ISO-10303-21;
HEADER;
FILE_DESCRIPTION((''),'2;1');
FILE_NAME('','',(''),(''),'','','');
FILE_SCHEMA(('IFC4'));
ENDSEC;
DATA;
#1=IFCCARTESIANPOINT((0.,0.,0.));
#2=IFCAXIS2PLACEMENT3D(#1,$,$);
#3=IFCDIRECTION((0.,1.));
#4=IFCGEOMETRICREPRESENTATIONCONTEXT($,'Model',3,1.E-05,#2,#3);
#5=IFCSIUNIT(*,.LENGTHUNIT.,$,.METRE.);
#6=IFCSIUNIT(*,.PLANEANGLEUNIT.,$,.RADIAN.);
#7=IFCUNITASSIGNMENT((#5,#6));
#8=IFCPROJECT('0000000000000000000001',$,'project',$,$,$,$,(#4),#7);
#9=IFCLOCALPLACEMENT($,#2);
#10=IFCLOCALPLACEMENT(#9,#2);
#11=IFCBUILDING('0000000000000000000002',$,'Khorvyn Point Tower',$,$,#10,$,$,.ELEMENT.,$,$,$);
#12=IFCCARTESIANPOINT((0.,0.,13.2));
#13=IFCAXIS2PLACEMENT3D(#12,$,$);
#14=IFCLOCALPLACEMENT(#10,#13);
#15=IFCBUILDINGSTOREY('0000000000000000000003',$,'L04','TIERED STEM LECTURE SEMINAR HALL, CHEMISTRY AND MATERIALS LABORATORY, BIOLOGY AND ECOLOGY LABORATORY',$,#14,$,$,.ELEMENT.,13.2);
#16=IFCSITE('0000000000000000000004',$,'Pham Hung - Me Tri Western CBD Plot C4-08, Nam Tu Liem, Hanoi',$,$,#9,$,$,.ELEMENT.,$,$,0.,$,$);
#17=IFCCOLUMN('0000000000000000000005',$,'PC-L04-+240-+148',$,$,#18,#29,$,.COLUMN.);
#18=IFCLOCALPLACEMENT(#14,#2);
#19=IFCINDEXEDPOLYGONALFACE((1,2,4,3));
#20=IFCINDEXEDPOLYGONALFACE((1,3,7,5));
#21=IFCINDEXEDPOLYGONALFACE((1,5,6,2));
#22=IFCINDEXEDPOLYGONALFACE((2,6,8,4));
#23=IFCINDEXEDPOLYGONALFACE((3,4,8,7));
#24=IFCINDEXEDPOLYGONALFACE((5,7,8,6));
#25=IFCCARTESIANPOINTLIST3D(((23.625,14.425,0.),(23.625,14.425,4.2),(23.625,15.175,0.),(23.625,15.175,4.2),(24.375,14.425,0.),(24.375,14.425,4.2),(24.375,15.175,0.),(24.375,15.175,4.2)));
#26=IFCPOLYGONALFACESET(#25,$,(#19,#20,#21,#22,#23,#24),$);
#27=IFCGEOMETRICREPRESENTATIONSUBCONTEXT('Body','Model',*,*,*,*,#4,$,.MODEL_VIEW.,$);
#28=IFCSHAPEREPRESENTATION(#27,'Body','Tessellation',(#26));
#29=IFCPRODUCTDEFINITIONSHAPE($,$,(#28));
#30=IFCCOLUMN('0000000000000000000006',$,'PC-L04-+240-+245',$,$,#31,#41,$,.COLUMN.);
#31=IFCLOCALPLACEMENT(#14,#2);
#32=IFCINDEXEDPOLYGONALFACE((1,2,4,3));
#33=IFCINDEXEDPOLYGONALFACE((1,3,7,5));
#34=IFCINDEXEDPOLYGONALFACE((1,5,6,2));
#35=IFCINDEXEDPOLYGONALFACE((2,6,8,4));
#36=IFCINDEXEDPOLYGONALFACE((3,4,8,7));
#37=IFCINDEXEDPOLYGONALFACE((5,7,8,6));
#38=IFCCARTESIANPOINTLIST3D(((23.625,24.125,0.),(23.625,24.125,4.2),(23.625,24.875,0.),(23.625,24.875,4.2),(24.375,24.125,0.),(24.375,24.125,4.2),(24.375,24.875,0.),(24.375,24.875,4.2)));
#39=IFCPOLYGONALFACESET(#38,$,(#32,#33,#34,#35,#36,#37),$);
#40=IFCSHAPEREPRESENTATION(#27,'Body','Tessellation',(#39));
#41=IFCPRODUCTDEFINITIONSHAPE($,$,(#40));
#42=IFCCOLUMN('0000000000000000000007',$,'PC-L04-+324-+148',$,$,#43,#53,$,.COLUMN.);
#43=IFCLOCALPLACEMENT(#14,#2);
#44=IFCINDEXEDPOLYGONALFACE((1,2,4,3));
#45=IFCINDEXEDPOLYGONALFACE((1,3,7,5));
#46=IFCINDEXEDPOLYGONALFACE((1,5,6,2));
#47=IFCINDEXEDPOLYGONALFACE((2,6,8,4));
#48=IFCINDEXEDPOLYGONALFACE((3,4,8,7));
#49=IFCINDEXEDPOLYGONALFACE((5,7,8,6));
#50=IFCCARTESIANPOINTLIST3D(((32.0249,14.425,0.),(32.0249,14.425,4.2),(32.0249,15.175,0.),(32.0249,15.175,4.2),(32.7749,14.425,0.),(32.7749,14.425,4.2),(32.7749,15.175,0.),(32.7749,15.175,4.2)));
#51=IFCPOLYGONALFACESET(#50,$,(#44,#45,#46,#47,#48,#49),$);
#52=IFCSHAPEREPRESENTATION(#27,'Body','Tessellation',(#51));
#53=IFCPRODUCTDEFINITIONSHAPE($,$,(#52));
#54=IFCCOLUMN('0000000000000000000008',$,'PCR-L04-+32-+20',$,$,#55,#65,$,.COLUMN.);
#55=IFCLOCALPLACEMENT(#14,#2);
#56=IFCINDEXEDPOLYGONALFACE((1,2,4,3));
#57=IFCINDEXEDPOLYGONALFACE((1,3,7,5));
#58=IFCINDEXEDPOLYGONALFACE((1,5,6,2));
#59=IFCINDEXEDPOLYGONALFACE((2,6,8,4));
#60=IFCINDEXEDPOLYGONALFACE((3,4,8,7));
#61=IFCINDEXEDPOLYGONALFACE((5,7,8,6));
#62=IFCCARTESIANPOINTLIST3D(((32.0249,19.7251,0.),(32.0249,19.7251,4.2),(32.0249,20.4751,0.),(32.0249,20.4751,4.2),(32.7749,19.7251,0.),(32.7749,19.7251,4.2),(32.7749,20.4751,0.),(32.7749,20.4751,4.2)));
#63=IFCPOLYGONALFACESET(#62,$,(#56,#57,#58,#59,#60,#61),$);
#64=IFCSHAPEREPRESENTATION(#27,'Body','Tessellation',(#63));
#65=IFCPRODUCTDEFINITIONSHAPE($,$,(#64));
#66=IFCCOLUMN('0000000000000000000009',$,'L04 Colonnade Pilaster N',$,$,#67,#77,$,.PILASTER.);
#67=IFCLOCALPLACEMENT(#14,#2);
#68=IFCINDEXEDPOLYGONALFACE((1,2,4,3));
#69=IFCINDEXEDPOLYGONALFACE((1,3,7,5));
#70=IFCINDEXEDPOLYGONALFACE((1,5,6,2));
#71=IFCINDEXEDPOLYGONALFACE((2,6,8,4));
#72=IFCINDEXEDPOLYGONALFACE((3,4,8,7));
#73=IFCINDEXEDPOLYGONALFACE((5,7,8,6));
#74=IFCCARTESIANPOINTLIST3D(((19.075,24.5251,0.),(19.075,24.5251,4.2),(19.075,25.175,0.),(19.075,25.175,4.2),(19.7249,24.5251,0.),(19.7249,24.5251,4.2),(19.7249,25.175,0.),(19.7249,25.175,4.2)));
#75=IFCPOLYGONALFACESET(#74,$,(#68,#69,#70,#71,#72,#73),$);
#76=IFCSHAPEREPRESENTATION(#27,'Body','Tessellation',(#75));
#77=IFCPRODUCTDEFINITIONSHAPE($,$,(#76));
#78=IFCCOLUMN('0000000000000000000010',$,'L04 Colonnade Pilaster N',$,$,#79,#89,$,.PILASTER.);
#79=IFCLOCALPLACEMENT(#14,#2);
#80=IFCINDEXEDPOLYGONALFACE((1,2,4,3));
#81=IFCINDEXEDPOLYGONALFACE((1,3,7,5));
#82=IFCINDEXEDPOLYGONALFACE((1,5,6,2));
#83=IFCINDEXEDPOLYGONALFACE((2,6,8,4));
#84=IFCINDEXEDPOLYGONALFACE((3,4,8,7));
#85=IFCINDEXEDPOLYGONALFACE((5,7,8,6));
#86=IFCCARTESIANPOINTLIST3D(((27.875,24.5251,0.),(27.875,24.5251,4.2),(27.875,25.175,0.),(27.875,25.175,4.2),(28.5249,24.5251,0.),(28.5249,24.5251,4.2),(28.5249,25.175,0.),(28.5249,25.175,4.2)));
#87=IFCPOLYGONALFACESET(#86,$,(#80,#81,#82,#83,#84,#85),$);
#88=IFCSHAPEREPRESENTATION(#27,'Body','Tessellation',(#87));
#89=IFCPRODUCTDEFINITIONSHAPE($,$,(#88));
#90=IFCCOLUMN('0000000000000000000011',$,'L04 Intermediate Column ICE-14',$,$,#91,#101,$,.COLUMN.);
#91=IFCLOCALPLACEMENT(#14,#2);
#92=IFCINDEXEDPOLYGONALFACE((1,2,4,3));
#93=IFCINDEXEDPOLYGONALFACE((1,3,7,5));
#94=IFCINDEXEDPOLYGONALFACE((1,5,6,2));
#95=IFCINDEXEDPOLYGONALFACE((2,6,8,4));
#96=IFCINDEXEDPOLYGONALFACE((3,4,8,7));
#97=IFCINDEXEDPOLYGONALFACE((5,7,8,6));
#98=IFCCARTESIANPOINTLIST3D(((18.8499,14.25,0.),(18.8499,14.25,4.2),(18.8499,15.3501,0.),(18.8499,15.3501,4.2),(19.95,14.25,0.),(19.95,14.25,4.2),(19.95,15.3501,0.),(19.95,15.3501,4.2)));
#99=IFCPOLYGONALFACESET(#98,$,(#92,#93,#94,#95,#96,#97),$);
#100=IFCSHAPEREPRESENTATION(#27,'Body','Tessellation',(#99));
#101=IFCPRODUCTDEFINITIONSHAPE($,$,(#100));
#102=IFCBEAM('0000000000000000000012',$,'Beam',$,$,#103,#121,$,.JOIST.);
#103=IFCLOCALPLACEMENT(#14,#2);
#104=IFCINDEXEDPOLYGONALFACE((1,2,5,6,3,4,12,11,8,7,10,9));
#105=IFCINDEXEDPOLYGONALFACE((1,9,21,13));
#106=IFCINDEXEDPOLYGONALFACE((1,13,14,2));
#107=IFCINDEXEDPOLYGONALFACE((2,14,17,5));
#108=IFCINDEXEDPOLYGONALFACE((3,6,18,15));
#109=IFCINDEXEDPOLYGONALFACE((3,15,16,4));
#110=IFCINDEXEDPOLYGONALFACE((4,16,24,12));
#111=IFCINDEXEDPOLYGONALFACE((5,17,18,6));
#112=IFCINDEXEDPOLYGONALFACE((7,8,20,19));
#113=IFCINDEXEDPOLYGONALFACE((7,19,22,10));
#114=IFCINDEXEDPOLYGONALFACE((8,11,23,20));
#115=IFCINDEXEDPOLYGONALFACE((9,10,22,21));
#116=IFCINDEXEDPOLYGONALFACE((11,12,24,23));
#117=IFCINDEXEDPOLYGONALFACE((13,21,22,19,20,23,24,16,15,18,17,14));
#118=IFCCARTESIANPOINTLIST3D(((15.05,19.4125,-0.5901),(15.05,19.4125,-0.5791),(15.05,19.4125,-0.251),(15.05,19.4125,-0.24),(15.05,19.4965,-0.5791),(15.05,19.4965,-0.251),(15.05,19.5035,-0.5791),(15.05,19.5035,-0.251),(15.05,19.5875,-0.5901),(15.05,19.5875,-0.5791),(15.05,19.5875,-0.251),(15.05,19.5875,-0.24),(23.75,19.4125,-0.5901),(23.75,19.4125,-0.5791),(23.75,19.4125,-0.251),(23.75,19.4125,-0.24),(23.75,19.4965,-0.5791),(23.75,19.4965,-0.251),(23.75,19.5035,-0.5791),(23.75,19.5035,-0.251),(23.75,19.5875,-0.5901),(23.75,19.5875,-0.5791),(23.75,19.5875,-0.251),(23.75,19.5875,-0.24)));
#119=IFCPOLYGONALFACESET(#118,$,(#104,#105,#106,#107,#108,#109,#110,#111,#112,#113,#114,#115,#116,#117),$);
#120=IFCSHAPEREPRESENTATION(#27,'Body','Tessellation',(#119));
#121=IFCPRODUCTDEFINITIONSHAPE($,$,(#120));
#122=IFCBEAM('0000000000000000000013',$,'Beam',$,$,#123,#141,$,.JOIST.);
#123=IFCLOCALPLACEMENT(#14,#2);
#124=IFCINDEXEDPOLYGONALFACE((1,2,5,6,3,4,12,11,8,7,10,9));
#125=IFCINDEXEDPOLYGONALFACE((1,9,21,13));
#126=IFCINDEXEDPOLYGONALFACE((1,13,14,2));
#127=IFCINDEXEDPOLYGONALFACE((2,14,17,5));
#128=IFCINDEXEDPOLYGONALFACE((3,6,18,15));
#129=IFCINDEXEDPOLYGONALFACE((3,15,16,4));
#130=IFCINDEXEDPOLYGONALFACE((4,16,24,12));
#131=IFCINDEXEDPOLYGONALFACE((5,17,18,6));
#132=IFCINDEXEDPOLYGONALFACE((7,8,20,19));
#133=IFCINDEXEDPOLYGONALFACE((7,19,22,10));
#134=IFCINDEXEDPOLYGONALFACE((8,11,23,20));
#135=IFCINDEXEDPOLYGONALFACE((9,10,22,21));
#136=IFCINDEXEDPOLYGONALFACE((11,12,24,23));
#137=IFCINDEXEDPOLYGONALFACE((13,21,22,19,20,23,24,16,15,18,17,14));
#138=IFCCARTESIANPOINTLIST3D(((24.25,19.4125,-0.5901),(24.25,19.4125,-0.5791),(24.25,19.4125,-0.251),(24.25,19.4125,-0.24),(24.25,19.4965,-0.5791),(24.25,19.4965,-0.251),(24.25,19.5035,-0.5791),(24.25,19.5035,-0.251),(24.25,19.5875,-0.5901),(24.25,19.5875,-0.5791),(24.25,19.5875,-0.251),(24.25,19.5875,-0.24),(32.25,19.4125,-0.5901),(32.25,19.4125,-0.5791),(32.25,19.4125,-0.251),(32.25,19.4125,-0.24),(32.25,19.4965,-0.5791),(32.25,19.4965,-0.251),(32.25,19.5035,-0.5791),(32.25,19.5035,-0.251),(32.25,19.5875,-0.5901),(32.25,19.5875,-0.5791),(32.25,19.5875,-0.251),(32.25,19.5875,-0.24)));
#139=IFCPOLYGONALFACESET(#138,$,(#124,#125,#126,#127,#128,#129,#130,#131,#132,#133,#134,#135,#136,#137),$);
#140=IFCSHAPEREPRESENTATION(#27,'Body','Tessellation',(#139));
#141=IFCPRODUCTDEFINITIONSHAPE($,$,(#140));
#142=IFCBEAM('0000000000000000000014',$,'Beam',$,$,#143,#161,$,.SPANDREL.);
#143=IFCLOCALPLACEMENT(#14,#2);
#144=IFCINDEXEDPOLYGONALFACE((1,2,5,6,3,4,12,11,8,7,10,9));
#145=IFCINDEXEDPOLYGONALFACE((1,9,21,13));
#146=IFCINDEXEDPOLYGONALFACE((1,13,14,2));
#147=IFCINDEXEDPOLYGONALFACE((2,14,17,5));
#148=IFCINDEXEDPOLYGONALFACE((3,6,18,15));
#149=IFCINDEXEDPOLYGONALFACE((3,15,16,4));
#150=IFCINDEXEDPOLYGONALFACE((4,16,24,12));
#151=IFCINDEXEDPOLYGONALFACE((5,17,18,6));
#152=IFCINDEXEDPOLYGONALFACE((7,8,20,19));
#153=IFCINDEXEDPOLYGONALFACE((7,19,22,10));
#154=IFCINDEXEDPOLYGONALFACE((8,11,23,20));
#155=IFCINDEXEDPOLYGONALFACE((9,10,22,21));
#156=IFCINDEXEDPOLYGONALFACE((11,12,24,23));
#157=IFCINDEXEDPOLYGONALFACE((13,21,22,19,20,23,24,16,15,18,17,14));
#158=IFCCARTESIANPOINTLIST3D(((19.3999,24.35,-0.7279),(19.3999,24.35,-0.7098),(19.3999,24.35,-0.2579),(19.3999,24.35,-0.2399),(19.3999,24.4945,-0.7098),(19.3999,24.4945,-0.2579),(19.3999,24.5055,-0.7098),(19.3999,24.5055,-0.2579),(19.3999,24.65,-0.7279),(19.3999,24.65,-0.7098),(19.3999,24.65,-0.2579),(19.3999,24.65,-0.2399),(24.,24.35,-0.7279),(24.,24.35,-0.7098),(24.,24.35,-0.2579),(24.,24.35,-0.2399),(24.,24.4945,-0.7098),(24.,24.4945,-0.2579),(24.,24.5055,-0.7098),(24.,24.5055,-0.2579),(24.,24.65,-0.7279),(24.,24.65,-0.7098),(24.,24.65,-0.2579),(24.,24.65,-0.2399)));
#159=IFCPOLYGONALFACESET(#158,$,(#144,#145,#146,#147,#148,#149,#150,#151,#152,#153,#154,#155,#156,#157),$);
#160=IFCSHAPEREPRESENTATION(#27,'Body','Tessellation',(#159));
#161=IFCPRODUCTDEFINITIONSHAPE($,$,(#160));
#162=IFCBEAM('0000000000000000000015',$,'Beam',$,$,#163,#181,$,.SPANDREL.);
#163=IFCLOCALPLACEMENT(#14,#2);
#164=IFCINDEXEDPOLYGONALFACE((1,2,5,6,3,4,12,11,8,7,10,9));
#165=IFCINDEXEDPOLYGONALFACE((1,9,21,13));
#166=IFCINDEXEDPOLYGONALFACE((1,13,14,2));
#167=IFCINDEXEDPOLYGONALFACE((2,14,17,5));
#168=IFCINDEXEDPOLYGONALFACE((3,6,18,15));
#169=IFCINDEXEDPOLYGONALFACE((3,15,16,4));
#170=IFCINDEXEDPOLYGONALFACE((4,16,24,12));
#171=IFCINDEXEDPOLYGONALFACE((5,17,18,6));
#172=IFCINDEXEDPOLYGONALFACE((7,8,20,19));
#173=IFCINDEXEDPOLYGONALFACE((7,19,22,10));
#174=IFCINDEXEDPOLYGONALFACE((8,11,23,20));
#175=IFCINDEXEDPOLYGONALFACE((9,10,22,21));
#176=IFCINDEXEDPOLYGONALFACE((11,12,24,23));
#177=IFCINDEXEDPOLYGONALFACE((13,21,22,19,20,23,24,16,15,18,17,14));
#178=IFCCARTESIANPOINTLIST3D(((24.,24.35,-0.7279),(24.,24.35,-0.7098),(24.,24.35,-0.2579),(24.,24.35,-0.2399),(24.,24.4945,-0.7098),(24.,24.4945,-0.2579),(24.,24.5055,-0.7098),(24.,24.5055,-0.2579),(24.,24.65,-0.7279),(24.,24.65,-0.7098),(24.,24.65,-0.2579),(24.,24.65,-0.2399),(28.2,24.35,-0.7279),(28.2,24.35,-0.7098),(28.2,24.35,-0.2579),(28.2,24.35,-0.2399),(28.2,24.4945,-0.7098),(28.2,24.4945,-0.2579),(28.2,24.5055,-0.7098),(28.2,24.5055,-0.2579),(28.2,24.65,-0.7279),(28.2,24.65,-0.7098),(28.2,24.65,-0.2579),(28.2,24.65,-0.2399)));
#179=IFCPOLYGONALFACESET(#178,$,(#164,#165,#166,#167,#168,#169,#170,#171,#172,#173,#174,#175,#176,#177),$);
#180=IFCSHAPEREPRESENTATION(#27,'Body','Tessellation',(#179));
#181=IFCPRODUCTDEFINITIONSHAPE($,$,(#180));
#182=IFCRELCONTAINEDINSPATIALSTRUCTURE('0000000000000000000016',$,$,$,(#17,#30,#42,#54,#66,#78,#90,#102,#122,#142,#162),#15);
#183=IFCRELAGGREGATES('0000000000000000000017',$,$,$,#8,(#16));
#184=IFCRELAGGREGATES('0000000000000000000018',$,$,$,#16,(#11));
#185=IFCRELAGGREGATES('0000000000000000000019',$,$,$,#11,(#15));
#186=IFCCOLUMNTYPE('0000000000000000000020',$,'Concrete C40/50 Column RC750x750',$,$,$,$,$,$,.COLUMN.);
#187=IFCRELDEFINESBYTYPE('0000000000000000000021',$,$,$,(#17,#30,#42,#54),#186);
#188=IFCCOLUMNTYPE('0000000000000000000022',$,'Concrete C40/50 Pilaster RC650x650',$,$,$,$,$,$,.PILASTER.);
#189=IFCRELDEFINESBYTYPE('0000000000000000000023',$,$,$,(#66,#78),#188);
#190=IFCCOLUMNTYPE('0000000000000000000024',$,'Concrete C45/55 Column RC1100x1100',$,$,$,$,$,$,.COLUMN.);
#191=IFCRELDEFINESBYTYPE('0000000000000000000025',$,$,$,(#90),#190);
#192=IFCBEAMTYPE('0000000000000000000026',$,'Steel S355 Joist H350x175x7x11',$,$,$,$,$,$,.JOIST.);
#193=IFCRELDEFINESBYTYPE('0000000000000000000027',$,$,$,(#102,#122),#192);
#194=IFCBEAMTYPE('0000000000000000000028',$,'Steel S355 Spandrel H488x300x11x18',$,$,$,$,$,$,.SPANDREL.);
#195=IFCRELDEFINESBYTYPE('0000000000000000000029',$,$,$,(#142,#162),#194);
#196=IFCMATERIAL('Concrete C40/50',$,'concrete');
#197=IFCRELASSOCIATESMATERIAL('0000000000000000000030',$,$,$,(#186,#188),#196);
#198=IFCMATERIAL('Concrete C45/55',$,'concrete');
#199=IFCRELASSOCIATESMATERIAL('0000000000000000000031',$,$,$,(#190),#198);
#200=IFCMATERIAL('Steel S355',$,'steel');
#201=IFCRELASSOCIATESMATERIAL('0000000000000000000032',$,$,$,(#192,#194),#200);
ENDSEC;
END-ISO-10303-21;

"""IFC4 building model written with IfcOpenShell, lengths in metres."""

from ifc_helpers import new_model, si_unit, direction, frame, origin, origin_2d, place, context, subcontext, project, spatial, rectangle, i_section, extrude, material, material_profile, profile_set, type_object, element, save


model = new_model("IFC4")

# Units and contexts
model_context = context("Model", 3, precision=1e-05, world=origin(), true_north=direction((0.0, 1.0)))
body_context = subcontext(model_context, "Body", "Model", "MODEL_VIEW")
ifc_project = project(units=[si_unit("LENGTHUNIT", "METRE"), si_unit("PLANEANGLEUNIT", "RADIAN")], contexts=[model_context])

# Site, building, storey
site_placement = place(None, origin())
site = spatial("IfcSite", under=ifc_project, at=site_placement, Name="Pham Hung - Me Tri Western CBD Plot C4-08, Nam Tu Liem, Hanoi", CompositionType="ELEMENT", RefElevation=0.0)
building_placement = place(site_placement, origin())
building = spatial("IfcBuilding", under=site, at=building_placement, Name="Khorvyn Point Tower", CompositionType="ELEMENT")
storey_placement = place(building_placement, frame((0.0, 0.0, 13.2)))
storey = spatial("IfcBuildingStorey", under=building, at=storey_placement, Name="L04", Description="TIERED STEM LECTURE SEMINAR HALL, CHEMISTRY AND MATERIALS LABORATORY, BIOLOGY AND ECOLOGY LABORATORY", CompositionType="ELEMENT", Elevation=13.2)

# Columns
ifc_material_1 = material(Name="Concrete C40/50", Category="concrete")
ifc_material_profile_1 = material_profile(ifc_material_1, rectangle(XDim=0.75, YDim=0.75, at=origin_2d()))
ifc_profile_set_1 = profile_set([ifc_material_profile_1], Name="Concrete C40/50 RC750x750")
column_type_1 = type_object("IfcColumnType", Name="Concrete C40/50 Column RC750x750", PredefinedType="COLUMN", material=ifc_profile_set_1)
for number, where, z_axis, x_axis, name in (
    (1, (24.0, 14.8, 0.0), (0.0, 0.0, 1.0), (1.0, 0.0, 0.0), "PC-L04-+240-+148"),
    (2, (24.0, 24.5, 0.0), (0.0, 0.0, 1.0), (1.0, 0.0, 0.0), "PC-L04-+240-+245"),
    (3, (32.3999, 14.8, 0.0), (0.0, 0.0, 1.0), (1.0, 0.0, 0.0), "PC-L04-+324-+148"),
    (4, (32.3999, 20.1001, 0.0), (0.0, 0.0, 1.0), (1.0, 0.0, 0.0), "PCR-L04-+32-+20"),
):
    element("IfcColumn", number, at=place(storey_placement, frame(where, z_axis=z_axis, x_axis=x_axis)), inside=storey, type_object=column_type_1, Name=name, PredefinedType="COLUMN", context=body_context, shape_type="SweptSolid", body=[
        extrude(rectangle(XDim=0.75, YDim=0.75, at=origin_2d()), origin(), (0.0, 0.0, 1.0), 4.2),
    ])
ifc_material_profile_2 = material_profile(ifc_material_1, rectangle(XDim=0.6499, YDim=0.6499, at=origin_2d()))
ifc_profile_set_2 = profile_set([ifc_material_profile_2], Name="Concrete C40/50 RC650x650")
column_type_2 = type_object("IfcColumnType", Name="Concrete C40/50 Pilaster RC650x650", PredefinedType="PILASTER", material=ifc_profile_set_2)
for number, where, z_axis, x_axis, name in (
    (5, (19.3999, 24.8501, 0.0), (0.0, 0.0, 1.0), (1.0, 0.0, 0.0), "L04 Colonnade Pilaster N"),
    (6, (28.2, 24.8501, 0.0), (0.0, 0.0, 1.0), (1.0, 0.0, 0.0), "L04 Colonnade Pilaster N"),
):
    element("IfcColumn", number, at=place(storey_placement, frame(where, z_axis=z_axis, x_axis=x_axis)), inside=storey, type_object=column_type_2, Name=name, PredefinedType="PILASTER", context=body_context, shape_type="SweptSolid", body=[
        extrude(rectangle(XDim=0.6499, YDim=0.6499, at=origin_2d()), origin(), (0.0, 0.0, 1.0), 4.2),
    ])
ifc_material_2 = material(Name="Concrete C45/55", Category="concrete")
ifc_material_profile_3 = material_profile(ifc_material_2, rectangle(XDim=1.1001, YDim=1.1001, at=origin_2d()))
ifc_profile_set_3 = profile_set([ifc_material_profile_3], Name="Concrete C45/55 RC1100x1100")
column_type_3 = type_object("IfcColumnType", Name="Concrete C45/55 Column RC1100x1100", PredefinedType="COLUMN", material=ifc_profile_set_3)
column_placement = place(storey_placement, frame((19.3999, 14.8, 0.0), z_axis=(0.0, 0.0, 1.0), x_axis=(1.0, 0.0, 0.0)))
element("IfcColumn", 7, at=column_placement, inside=storey, type_object=column_type_3, Name="L04 Intermediate Column ICE-14", PredefinedType="COLUMN", context=body_context, shape_type="SweptSolid", body=[
    extrude(rectangle(XDim=1.1001, YDim=1.1001, at=origin_2d()), origin(), (0.0, 0.0, 1.0), 4.2),
])

# Beams
ifc_material_3 = material(Name="Steel S355", Category="steel")
ifc_material_profile_4 = material_profile(ifc_material_3, i_section(OverallWidth=0.175, OverallDepth=0.3501, WebThickness=0.0071, FlangeThickness=0.011, at=origin_2d()))
ifc_profile_set_4 = profile_set([ifc_material_profile_4], Name="Steel S355 H350x175x7x11")
beam_type_1 = type_object("IfcBeamType", Name="Steel S355 Joist H350x175x7x11", PredefinedType="JOIST", material=ifc_profile_set_4)
beam_1_placement = place(storey_placement, frame((15.05, 19.5, -0.415), z_axis=(1.0, 0.0, 0.0), x_axis=(0.0, 1.0, 0.0)))
element("IfcBeam", 8, at=beam_1_placement, inside=storey, type_object=beam_type_1, Name="Beam", PredefinedType="JOIST", context=body_context, shape_type="SweptSolid", body=[
    extrude(i_section(OverallWidth=0.175, OverallDepth=0.3501, WebThickness=0.0071, FlangeThickness=0.011, at=origin_2d()), origin(), (0.0, 0.0, 1.0), 8.7),
])
beam_2_placement = place(storey_placement, frame((24.25, 19.5, -0.415), z_axis=(1.0, 0.0, 0.0), x_axis=(0.0, 1.0, 0.0)))
element("IfcBeam", 9, at=beam_2_placement, inside=storey, type_object=beam_type_1, Name="Beam", PredefinedType="JOIST", context=body_context, shape_type="SweptSolid", body=[
    extrude(i_section(OverallWidth=0.175, OverallDepth=0.3501, WebThickness=0.0071, FlangeThickness=0.011, at=origin_2d()), origin(), (0.0, 0.0, 1.0), 8.0),
])
ifc_material_profile_5 = material_profile(ifc_material_3, i_section(OverallWidth=0.3, OverallDepth=0.488, WebThickness=0.011, FlangeThickness=0.0181, at=origin_2d()))
ifc_profile_set_5 = profile_set([ifc_material_profile_5], Name="Steel S355 H488x300x11x18")
beam_type_2 = type_object("IfcBeamType", Name="Steel S355 Spandrel H488x300x11x18", PredefinedType="SPANDREL", material=ifc_profile_set_5)
beam_3_placement = place(storey_placement, frame((19.3999, 24.5, -0.4839), z_axis=(1.0, 0.0, 0.0), x_axis=(0.0, 1.0, 0.0)))
element("IfcBeam", 10, at=beam_3_placement, inside=storey, type_object=beam_type_2, Name="Beam", PredefinedType="SPANDREL", context=body_context, shape_type="SweptSolid", body=[
    extrude(i_section(OverallWidth=0.3, OverallDepth=0.488, WebThickness=0.011, FlangeThickness=0.0181, at=origin_2d()), origin(), (0.0, 0.0, 1.0), 4.6001),
])
beam_4_placement = place(storey_placement, frame((24.0, 24.5, -0.4839), z_axis=(1.0, 0.0, 0.0), x_axis=(0.0, 1.0, 0.0)))
element("IfcBeam", 11, at=beam_4_placement, inside=storey, type_object=beam_type_2, Name="Beam", PredefinedType="SPANDREL", context=body_context, shape_type="SweptSolid", body=[
    extrude(i_section(OverallWidth=0.3, OverallDepth=0.488, WebThickness=0.011, FlangeThickness=0.0181, at=origin_2d()), origin(), (0.0, 0.0, 1.0), 4.2),
])

save(model, "model.ifc")
